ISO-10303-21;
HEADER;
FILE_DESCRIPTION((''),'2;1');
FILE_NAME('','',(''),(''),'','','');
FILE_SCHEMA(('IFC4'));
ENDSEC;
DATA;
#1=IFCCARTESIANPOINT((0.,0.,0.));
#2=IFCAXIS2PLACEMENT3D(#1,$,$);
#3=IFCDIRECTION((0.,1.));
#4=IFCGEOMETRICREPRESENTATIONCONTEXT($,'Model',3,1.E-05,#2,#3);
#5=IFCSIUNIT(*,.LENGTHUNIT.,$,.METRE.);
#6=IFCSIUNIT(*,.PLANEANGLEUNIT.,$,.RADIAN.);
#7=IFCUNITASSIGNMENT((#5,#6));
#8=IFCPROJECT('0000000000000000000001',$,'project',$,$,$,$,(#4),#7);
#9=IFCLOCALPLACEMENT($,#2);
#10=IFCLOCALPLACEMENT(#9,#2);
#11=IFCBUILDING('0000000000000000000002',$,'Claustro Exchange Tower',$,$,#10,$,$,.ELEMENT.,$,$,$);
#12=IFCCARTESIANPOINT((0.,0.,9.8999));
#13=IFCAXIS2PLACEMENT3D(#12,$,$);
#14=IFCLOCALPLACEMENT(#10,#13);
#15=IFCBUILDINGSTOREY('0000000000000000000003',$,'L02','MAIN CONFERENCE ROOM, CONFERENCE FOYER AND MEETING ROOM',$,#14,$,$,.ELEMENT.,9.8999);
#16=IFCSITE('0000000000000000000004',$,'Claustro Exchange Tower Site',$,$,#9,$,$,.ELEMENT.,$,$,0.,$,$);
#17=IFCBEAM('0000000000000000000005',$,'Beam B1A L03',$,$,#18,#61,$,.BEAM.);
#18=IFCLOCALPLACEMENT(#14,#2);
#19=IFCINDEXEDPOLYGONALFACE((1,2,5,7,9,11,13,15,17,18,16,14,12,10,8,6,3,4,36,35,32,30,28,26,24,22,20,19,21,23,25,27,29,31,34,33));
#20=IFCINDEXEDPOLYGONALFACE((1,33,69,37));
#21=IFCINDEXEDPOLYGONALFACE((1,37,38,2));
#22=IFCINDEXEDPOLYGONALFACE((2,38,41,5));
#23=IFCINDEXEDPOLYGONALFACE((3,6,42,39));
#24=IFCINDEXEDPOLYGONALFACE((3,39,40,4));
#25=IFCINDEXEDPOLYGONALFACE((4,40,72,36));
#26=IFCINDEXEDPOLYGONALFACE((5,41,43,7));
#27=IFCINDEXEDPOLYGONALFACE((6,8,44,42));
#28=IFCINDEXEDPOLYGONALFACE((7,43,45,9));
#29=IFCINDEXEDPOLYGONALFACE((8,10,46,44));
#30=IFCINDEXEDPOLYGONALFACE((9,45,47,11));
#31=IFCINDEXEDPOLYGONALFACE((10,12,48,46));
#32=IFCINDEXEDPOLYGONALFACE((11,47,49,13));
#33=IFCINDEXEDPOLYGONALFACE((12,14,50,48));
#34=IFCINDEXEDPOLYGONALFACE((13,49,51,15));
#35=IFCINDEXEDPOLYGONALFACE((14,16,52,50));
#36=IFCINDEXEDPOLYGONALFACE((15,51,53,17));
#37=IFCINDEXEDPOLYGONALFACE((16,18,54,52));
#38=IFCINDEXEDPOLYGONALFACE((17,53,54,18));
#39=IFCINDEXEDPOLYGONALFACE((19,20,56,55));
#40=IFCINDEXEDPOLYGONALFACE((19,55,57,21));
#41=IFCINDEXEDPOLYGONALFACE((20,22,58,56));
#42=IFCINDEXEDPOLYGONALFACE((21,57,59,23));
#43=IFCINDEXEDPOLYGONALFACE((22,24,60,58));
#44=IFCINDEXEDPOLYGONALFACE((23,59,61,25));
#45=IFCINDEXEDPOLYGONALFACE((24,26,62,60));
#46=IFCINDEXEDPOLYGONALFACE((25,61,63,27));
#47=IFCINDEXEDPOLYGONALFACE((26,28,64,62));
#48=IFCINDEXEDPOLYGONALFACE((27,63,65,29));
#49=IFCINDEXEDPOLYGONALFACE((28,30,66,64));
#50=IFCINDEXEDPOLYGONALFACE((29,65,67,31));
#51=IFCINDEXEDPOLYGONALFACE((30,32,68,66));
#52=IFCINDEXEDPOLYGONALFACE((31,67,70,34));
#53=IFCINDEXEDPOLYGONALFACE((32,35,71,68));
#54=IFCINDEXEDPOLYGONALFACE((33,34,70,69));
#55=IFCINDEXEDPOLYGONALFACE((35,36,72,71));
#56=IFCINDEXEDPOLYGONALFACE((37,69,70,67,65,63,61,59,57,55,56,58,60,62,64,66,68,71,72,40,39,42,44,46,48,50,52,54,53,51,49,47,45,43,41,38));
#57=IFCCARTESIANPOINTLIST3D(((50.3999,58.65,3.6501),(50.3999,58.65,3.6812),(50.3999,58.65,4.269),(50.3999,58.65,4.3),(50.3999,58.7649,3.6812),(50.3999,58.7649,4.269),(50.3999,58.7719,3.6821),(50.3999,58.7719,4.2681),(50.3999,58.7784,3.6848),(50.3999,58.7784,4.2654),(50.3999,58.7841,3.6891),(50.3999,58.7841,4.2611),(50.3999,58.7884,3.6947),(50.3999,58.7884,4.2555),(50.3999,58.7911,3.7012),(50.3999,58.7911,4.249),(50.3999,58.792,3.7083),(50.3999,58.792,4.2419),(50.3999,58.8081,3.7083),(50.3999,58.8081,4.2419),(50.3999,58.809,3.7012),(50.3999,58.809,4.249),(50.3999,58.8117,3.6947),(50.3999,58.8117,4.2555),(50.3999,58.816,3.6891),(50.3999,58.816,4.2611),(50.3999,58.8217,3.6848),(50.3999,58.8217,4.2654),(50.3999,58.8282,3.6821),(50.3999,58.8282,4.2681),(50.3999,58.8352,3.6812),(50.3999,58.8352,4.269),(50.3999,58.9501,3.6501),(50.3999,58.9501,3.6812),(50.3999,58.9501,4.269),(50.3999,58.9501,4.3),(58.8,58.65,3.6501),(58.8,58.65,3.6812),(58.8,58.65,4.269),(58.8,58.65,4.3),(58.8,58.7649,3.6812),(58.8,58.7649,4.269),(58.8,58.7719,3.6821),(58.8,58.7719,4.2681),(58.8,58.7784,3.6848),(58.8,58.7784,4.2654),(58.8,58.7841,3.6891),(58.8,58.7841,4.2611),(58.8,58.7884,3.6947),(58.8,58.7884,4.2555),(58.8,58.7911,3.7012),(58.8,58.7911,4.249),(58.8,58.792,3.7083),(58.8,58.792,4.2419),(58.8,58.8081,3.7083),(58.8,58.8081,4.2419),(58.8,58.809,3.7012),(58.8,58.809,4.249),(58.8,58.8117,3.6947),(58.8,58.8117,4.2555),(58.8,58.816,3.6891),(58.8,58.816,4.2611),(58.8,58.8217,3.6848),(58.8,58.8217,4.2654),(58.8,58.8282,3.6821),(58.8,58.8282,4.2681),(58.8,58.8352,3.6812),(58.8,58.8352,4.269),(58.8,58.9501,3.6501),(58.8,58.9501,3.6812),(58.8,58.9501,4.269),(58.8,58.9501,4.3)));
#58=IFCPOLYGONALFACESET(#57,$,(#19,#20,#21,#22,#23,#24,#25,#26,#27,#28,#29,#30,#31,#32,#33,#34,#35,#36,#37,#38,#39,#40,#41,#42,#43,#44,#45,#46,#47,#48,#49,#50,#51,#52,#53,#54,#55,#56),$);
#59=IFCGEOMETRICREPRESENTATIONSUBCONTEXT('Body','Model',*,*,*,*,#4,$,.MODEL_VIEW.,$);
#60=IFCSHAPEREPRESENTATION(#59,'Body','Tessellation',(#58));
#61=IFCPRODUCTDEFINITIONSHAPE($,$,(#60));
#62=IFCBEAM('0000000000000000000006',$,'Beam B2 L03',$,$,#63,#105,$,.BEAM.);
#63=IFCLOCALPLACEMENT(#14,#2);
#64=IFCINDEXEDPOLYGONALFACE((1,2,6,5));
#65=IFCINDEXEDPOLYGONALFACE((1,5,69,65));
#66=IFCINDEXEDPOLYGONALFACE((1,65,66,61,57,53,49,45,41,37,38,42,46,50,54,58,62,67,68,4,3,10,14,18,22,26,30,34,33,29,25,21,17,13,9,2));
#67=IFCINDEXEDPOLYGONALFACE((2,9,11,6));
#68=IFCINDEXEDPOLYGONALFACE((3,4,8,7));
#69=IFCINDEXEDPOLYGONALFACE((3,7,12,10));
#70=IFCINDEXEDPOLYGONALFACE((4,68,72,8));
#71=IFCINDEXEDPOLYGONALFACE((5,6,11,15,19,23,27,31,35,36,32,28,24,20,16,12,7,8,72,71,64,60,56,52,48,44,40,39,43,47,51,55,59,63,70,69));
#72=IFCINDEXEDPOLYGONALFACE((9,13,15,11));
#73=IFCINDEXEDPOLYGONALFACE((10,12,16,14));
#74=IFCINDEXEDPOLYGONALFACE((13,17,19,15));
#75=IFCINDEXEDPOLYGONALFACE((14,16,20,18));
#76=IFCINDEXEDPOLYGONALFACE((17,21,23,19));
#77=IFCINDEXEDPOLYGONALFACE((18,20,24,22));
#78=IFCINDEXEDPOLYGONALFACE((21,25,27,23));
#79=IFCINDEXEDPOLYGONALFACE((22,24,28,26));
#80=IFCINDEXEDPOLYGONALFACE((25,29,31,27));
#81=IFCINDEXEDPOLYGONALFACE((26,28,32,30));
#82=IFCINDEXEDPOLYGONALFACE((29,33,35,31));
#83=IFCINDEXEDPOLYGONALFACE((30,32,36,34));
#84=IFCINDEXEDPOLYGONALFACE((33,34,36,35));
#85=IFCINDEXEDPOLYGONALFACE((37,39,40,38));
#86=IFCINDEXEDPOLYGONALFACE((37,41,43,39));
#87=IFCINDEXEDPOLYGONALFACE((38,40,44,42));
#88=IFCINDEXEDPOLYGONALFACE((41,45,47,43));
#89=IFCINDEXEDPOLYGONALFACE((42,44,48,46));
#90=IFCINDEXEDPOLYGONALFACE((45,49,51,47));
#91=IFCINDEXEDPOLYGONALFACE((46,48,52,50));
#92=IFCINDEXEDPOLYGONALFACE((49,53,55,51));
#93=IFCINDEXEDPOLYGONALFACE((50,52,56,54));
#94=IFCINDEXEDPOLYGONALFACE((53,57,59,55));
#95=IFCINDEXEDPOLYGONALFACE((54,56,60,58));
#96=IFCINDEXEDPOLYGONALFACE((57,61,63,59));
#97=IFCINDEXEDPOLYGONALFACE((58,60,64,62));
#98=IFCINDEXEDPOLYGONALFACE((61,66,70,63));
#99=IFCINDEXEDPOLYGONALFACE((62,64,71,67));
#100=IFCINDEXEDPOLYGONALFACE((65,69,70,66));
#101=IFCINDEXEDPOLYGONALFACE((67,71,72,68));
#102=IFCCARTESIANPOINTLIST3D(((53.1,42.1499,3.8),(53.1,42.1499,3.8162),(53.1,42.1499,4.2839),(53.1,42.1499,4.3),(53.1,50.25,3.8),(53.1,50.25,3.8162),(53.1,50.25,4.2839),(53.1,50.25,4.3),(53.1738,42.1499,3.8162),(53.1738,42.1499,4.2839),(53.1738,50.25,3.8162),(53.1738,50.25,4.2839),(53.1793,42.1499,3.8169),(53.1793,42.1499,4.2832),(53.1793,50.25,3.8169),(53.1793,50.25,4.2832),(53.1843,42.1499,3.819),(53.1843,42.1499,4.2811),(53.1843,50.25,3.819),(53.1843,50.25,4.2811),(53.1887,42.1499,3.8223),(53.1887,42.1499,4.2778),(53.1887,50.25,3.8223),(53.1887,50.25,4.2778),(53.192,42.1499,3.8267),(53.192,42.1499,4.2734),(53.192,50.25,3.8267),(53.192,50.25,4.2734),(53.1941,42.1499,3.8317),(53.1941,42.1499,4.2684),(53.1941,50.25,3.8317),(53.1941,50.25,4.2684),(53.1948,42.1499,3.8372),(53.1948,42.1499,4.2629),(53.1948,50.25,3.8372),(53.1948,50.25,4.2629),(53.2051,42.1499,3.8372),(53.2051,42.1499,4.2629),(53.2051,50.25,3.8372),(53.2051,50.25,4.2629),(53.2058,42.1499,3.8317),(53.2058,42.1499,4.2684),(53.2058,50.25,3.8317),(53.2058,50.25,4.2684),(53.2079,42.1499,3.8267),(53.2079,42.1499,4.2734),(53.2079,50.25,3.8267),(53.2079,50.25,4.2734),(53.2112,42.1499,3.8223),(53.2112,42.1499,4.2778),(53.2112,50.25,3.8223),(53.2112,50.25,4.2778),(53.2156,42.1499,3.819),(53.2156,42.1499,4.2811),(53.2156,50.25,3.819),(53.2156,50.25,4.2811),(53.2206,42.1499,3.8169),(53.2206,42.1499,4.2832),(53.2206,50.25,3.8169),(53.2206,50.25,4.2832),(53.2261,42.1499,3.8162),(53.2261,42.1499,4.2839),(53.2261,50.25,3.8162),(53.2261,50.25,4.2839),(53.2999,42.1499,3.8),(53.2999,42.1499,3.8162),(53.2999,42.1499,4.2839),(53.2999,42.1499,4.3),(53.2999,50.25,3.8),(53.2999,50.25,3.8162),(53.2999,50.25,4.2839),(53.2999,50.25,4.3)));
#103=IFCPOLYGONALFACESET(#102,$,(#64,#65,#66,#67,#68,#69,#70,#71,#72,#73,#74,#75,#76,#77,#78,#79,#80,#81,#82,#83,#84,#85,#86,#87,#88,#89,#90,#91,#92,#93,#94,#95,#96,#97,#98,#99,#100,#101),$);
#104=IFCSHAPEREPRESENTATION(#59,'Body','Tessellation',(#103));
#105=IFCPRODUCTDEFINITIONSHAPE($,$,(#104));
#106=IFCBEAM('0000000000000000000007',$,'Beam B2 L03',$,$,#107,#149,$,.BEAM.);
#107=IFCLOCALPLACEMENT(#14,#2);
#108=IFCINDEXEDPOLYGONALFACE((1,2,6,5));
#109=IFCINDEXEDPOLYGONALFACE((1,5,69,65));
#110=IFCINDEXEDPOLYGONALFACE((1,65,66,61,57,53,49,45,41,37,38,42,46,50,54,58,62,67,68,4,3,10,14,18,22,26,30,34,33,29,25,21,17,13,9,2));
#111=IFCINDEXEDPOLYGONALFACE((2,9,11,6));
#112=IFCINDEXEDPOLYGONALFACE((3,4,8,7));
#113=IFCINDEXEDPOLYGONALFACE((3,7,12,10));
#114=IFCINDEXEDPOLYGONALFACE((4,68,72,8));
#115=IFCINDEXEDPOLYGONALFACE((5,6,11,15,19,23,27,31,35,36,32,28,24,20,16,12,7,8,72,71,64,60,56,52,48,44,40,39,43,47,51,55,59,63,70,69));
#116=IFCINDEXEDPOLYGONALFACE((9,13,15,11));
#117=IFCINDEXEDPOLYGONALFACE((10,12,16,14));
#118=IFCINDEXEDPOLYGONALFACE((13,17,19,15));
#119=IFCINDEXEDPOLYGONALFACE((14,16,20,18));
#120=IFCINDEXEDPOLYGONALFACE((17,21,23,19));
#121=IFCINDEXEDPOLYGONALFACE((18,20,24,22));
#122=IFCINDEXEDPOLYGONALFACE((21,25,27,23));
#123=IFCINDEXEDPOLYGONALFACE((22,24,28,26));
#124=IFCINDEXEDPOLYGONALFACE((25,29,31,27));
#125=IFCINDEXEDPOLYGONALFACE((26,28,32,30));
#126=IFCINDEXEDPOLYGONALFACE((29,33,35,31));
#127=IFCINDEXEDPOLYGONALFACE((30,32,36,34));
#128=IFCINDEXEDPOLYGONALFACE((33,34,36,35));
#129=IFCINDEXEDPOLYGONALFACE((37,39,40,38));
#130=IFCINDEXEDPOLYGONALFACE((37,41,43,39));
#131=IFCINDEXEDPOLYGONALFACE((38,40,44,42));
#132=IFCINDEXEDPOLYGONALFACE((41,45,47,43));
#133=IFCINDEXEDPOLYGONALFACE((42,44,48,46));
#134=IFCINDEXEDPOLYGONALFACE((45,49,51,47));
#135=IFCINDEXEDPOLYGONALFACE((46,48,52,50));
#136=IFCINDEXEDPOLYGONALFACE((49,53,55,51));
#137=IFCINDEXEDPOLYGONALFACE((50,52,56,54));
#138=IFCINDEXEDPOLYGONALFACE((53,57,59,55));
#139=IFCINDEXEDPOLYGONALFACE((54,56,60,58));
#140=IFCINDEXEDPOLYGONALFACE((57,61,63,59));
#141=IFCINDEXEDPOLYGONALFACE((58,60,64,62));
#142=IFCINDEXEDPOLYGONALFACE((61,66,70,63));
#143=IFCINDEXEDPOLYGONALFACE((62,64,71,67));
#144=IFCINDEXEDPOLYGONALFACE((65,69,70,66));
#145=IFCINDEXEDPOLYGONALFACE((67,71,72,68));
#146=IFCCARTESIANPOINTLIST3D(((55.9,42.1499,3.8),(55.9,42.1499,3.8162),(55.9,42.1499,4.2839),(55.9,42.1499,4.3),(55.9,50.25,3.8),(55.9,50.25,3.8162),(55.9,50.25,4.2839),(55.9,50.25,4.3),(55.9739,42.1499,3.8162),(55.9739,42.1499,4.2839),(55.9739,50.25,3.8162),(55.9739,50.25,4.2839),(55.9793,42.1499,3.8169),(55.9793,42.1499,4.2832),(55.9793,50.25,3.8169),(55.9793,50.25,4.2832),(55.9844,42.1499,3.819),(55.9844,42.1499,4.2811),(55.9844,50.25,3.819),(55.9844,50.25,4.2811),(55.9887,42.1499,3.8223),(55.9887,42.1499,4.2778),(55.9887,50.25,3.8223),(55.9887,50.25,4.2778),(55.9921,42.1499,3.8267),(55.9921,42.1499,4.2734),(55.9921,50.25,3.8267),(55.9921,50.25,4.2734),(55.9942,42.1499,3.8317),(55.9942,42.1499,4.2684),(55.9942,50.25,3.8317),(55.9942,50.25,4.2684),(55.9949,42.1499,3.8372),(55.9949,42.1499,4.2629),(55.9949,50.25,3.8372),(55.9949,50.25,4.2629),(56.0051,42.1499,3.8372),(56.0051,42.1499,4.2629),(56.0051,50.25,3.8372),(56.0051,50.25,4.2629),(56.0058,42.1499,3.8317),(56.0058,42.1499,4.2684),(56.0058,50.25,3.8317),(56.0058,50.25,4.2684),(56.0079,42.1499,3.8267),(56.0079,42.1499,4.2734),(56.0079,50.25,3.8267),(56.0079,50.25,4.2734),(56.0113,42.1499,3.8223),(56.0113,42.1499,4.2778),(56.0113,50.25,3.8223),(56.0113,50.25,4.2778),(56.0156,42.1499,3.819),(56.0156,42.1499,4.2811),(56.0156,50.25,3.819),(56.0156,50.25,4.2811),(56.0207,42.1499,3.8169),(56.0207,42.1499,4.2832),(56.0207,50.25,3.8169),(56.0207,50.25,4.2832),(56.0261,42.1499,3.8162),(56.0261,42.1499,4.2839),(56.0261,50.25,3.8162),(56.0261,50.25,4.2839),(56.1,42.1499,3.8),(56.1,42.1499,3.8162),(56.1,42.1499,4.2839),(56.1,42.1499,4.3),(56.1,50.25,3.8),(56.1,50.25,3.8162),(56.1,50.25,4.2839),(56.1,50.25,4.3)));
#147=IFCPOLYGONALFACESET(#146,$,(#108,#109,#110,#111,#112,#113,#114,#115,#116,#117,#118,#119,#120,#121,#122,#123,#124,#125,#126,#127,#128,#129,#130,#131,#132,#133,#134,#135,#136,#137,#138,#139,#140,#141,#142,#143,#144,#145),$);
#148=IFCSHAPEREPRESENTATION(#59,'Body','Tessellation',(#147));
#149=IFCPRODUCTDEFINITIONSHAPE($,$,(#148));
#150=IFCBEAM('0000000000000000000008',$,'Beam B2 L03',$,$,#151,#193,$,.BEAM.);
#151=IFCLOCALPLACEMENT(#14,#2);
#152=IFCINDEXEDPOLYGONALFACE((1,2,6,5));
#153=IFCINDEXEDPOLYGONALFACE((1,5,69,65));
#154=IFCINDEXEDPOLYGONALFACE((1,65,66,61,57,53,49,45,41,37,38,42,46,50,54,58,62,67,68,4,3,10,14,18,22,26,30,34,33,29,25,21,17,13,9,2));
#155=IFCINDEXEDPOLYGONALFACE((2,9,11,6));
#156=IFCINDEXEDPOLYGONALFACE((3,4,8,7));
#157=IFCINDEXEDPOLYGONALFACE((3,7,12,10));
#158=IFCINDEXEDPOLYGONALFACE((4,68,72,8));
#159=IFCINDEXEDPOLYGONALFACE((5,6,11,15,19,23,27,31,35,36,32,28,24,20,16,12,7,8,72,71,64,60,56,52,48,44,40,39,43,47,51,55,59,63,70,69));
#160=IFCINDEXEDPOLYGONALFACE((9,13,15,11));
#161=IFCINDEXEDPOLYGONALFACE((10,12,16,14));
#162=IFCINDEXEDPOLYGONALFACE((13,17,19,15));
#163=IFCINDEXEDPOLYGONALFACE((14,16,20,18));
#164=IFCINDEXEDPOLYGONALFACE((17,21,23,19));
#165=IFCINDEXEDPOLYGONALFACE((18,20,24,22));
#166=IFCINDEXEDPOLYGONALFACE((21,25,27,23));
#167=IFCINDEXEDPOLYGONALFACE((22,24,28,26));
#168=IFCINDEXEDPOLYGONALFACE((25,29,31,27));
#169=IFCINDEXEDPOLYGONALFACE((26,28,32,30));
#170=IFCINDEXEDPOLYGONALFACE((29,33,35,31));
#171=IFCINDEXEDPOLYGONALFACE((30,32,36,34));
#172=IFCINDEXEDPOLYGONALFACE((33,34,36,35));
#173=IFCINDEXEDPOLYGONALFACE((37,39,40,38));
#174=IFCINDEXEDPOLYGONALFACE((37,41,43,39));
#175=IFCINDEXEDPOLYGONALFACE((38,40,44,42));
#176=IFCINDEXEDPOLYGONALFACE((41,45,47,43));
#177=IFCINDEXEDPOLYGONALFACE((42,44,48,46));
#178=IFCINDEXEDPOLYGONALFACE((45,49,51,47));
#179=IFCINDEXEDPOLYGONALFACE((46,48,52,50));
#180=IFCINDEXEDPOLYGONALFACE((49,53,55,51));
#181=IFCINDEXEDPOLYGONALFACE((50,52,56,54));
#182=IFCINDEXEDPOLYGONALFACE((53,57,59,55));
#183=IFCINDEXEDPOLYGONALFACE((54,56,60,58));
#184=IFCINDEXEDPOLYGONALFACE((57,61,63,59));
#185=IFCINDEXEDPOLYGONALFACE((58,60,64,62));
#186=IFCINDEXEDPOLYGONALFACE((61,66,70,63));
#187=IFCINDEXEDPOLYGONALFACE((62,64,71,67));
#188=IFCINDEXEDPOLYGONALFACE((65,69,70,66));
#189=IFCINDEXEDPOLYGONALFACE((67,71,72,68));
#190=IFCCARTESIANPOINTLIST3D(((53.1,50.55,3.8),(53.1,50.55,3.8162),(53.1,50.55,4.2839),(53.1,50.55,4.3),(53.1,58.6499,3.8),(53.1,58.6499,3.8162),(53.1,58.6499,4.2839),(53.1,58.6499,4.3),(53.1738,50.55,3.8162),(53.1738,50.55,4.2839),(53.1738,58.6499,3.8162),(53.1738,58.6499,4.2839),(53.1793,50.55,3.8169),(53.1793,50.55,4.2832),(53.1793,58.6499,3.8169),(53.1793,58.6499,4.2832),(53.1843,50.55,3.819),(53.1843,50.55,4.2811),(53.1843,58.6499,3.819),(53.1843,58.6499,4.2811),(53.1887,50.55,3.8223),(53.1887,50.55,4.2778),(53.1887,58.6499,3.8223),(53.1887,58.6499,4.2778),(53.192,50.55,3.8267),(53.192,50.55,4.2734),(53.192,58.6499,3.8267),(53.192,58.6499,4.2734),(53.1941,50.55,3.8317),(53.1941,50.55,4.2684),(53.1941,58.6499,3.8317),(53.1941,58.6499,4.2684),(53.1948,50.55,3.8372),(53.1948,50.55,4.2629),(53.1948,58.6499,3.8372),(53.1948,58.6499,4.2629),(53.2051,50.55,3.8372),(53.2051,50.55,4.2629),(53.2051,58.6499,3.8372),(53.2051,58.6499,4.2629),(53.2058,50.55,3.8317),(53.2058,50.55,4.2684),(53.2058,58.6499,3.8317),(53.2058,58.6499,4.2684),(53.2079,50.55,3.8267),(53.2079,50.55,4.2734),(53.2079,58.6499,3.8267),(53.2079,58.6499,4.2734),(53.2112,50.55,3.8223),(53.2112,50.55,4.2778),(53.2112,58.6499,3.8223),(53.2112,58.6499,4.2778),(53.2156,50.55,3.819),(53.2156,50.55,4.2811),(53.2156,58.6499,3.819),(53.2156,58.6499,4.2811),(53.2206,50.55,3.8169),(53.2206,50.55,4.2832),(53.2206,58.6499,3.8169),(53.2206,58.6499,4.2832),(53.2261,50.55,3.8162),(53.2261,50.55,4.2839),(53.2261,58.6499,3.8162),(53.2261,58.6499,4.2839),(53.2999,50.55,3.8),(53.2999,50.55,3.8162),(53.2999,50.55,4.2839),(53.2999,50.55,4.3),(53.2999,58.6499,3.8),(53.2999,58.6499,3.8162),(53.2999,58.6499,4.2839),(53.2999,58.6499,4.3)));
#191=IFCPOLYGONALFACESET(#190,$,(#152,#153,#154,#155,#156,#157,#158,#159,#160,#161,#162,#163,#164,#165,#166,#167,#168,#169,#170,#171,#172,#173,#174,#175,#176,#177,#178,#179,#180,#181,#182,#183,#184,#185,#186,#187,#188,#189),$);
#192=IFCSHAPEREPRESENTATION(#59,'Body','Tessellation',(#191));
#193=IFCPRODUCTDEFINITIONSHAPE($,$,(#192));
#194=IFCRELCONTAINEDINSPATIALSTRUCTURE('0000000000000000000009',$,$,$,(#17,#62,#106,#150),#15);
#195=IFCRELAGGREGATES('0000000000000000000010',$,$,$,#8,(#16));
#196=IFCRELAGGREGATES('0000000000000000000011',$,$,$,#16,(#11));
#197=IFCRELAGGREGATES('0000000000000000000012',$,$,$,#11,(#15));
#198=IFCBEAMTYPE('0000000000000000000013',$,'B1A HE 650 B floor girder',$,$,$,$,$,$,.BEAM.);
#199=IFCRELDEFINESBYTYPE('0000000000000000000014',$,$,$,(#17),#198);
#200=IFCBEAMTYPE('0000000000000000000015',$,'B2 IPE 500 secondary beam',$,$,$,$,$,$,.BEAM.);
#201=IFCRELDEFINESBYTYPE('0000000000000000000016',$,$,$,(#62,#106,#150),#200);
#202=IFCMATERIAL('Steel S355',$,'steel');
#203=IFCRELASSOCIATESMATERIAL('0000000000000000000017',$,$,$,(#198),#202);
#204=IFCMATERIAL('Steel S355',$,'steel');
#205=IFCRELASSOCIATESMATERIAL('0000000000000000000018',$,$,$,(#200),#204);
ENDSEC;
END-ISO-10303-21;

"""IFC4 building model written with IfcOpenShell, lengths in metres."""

from ifc_helpers import new_model, si_unit, direction, frame, origin, origin_2d, place, context, subcontext, project, spatial, i_section, extrude, material, material_profile, profile_set, type_object, element, save


model = new_model("IFC4")

# Units and contexts
model_context = context("Model", 3, precision=1e-05, world=origin(), true_north=direction((0.0, 1.0)))
body_context = subcontext(model_context, "Body", "Model", "MODEL_VIEW")
ifc_project = project(units=[si_unit("LENGTHUNIT", "METRE"), si_unit("PLANEANGLEUNIT", "RADIAN")], contexts=[model_context])

# Site, building, storey
site_placement = place(None, origin())
site = spatial("IfcSite", under=ifc_project, at=site_placement, Name="Claustro Exchange Tower Site", CompositionType="ELEMENT", RefElevation=0.0)
building_placement = place(site_placement, origin())
building = spatial("IfcBuilding", under=site, at=building_placement, Name="Claustro Exchange Tower", CompositionType="ELEMENT")
storey_placement = place(building_placement, frame((0.0, 0.0, 9.8999)))
storey = spatial("IfcBuildingStorey", under=building, at=storey_placement, Name="L02", Description="MAIN CONFERENCE ROOM, CONFERENCE FOYER AND MEETING ROOM", CompositionType="ELEMENT", Elevation=9.8999)

# Beams
ifc_material_1 = material(Name="Steel S355", Category="steel")
ifc_material_profile_1 = material_profile(ifc_material_1, i_section(OverallWidth=0.3, OverallDepth=0.6499, WebThickness=0.0161, FlangeThickness=0.031, FilletRadius=0.0271, at=origin_2d()), Name="HE 650 B")
ifc_profile_set_1 = profile_set([ifc_material_profile_1], Name="Steel S355")
beam_type_1 = type_object("IfcBeamType", Name="B1A HE 650 B floor girder", PredefinedType="BEAM", material=ifc_profile_set_1)
for number, where, z_axis, x_axis, name in (
    (1, (50.3999, 58.8, 3.9751), (1.0, 0.0, 0.0), (0.0, 1.0, 0.0), "Beam B1A L03"),
):
    element("IfcBeam", number, at=place(storey_placement, frame(where, z_axis=z_axis, x_axis=x_axis)), inside=storey, type_object=beam_type_1, Name=name, PredefinedType="BEAM", context=body_context, shape_type="SweptSolid", body=[
        extrude(i_section(OverallWidth=0.3, OverallDepth=0.6499, WebThickness=0.0161, FlangeThickness=0.031, FilletRadius=0.0271, at=origin_2d()), origin(), (0.0, 0.0, 1.0), 8.4001),
    ])
ifc_material_2 = material(Name="Steel S355", Category="steel")
ifc_material_profile_2 = material_profile(ifc_material_2, i_section(OverallWidth=0.2, OverallDepth=0.5, WebThickness=0.0103, FlangeThickness=0.0161, FilletRadius=0.021, at=origin_2d()), Name="IPE 500")
ifc_profile_set_2 = profile_set([ifc_material_profile_2], Name="Steel S355")
beam_type_2 = type_object("IfcBeamType", Name="B2 IPE 500 secondary beam", PredefinedType="BEAM", material=ifc_profile_set_2)
for number, where, z_axis, x_axis, name in (
    (2, (53.2, 42.1499, 4.05), (0.0, 1.0, 0.0), (-1.0, 0.0, 0.0), "Beam B2 L03"),
    (3, (56.0, 42.1499, 4.05), (0.0, 1.0, 0.0), (-1.0, 0.0, 0.0), "Beam B2 L03"),
):
    element("IfcBeam", number, at=place(storey_placement, frame(where, z_axis=z_axis, x_axis=x_axis)), inside=storey, type_object=beam_type_2, Name=name, PredefinedType="BEAM", context=body_context, shape_type="SweptSolid", body=[
        extrude(i_section(OverallWidth=0.2, OverallDepth=0.5, WebThickness=0.0103, FlangeThickness=0.0161, FilletRadius=0.021, at=origin_2d()), origin(), (0.0, 0.0, 1.0), 8.1001),
    ])
for number, where, z_axis, x_axis, name in (
    (4, (53.2, 50.55, 4.05), (0.0, 1.0, 0.0), (-1.0, 0.0, 0.0), "Beam B2 L03"),
):
    element("IfcBeam", number, at=place(storey_placement, frame(where, z_axis=z_axis, x_axis=x_axis)), inside=storey, type_object=beam_type_2, Name=name, PredefinedType="BEAM", context=body_context, shape_type="SweptSolid", body=[
        extrude(i_section(OverallWidth=0.2, OverallDepth=0.5, WebThickness=0.0103, FlangeThickness=0.0161, FilletRadius=0.021, at=origin_2d()), origin(), (0.0, 0.0, 1.0), 8.0999),
    ])

save(model, "model.ifc")
